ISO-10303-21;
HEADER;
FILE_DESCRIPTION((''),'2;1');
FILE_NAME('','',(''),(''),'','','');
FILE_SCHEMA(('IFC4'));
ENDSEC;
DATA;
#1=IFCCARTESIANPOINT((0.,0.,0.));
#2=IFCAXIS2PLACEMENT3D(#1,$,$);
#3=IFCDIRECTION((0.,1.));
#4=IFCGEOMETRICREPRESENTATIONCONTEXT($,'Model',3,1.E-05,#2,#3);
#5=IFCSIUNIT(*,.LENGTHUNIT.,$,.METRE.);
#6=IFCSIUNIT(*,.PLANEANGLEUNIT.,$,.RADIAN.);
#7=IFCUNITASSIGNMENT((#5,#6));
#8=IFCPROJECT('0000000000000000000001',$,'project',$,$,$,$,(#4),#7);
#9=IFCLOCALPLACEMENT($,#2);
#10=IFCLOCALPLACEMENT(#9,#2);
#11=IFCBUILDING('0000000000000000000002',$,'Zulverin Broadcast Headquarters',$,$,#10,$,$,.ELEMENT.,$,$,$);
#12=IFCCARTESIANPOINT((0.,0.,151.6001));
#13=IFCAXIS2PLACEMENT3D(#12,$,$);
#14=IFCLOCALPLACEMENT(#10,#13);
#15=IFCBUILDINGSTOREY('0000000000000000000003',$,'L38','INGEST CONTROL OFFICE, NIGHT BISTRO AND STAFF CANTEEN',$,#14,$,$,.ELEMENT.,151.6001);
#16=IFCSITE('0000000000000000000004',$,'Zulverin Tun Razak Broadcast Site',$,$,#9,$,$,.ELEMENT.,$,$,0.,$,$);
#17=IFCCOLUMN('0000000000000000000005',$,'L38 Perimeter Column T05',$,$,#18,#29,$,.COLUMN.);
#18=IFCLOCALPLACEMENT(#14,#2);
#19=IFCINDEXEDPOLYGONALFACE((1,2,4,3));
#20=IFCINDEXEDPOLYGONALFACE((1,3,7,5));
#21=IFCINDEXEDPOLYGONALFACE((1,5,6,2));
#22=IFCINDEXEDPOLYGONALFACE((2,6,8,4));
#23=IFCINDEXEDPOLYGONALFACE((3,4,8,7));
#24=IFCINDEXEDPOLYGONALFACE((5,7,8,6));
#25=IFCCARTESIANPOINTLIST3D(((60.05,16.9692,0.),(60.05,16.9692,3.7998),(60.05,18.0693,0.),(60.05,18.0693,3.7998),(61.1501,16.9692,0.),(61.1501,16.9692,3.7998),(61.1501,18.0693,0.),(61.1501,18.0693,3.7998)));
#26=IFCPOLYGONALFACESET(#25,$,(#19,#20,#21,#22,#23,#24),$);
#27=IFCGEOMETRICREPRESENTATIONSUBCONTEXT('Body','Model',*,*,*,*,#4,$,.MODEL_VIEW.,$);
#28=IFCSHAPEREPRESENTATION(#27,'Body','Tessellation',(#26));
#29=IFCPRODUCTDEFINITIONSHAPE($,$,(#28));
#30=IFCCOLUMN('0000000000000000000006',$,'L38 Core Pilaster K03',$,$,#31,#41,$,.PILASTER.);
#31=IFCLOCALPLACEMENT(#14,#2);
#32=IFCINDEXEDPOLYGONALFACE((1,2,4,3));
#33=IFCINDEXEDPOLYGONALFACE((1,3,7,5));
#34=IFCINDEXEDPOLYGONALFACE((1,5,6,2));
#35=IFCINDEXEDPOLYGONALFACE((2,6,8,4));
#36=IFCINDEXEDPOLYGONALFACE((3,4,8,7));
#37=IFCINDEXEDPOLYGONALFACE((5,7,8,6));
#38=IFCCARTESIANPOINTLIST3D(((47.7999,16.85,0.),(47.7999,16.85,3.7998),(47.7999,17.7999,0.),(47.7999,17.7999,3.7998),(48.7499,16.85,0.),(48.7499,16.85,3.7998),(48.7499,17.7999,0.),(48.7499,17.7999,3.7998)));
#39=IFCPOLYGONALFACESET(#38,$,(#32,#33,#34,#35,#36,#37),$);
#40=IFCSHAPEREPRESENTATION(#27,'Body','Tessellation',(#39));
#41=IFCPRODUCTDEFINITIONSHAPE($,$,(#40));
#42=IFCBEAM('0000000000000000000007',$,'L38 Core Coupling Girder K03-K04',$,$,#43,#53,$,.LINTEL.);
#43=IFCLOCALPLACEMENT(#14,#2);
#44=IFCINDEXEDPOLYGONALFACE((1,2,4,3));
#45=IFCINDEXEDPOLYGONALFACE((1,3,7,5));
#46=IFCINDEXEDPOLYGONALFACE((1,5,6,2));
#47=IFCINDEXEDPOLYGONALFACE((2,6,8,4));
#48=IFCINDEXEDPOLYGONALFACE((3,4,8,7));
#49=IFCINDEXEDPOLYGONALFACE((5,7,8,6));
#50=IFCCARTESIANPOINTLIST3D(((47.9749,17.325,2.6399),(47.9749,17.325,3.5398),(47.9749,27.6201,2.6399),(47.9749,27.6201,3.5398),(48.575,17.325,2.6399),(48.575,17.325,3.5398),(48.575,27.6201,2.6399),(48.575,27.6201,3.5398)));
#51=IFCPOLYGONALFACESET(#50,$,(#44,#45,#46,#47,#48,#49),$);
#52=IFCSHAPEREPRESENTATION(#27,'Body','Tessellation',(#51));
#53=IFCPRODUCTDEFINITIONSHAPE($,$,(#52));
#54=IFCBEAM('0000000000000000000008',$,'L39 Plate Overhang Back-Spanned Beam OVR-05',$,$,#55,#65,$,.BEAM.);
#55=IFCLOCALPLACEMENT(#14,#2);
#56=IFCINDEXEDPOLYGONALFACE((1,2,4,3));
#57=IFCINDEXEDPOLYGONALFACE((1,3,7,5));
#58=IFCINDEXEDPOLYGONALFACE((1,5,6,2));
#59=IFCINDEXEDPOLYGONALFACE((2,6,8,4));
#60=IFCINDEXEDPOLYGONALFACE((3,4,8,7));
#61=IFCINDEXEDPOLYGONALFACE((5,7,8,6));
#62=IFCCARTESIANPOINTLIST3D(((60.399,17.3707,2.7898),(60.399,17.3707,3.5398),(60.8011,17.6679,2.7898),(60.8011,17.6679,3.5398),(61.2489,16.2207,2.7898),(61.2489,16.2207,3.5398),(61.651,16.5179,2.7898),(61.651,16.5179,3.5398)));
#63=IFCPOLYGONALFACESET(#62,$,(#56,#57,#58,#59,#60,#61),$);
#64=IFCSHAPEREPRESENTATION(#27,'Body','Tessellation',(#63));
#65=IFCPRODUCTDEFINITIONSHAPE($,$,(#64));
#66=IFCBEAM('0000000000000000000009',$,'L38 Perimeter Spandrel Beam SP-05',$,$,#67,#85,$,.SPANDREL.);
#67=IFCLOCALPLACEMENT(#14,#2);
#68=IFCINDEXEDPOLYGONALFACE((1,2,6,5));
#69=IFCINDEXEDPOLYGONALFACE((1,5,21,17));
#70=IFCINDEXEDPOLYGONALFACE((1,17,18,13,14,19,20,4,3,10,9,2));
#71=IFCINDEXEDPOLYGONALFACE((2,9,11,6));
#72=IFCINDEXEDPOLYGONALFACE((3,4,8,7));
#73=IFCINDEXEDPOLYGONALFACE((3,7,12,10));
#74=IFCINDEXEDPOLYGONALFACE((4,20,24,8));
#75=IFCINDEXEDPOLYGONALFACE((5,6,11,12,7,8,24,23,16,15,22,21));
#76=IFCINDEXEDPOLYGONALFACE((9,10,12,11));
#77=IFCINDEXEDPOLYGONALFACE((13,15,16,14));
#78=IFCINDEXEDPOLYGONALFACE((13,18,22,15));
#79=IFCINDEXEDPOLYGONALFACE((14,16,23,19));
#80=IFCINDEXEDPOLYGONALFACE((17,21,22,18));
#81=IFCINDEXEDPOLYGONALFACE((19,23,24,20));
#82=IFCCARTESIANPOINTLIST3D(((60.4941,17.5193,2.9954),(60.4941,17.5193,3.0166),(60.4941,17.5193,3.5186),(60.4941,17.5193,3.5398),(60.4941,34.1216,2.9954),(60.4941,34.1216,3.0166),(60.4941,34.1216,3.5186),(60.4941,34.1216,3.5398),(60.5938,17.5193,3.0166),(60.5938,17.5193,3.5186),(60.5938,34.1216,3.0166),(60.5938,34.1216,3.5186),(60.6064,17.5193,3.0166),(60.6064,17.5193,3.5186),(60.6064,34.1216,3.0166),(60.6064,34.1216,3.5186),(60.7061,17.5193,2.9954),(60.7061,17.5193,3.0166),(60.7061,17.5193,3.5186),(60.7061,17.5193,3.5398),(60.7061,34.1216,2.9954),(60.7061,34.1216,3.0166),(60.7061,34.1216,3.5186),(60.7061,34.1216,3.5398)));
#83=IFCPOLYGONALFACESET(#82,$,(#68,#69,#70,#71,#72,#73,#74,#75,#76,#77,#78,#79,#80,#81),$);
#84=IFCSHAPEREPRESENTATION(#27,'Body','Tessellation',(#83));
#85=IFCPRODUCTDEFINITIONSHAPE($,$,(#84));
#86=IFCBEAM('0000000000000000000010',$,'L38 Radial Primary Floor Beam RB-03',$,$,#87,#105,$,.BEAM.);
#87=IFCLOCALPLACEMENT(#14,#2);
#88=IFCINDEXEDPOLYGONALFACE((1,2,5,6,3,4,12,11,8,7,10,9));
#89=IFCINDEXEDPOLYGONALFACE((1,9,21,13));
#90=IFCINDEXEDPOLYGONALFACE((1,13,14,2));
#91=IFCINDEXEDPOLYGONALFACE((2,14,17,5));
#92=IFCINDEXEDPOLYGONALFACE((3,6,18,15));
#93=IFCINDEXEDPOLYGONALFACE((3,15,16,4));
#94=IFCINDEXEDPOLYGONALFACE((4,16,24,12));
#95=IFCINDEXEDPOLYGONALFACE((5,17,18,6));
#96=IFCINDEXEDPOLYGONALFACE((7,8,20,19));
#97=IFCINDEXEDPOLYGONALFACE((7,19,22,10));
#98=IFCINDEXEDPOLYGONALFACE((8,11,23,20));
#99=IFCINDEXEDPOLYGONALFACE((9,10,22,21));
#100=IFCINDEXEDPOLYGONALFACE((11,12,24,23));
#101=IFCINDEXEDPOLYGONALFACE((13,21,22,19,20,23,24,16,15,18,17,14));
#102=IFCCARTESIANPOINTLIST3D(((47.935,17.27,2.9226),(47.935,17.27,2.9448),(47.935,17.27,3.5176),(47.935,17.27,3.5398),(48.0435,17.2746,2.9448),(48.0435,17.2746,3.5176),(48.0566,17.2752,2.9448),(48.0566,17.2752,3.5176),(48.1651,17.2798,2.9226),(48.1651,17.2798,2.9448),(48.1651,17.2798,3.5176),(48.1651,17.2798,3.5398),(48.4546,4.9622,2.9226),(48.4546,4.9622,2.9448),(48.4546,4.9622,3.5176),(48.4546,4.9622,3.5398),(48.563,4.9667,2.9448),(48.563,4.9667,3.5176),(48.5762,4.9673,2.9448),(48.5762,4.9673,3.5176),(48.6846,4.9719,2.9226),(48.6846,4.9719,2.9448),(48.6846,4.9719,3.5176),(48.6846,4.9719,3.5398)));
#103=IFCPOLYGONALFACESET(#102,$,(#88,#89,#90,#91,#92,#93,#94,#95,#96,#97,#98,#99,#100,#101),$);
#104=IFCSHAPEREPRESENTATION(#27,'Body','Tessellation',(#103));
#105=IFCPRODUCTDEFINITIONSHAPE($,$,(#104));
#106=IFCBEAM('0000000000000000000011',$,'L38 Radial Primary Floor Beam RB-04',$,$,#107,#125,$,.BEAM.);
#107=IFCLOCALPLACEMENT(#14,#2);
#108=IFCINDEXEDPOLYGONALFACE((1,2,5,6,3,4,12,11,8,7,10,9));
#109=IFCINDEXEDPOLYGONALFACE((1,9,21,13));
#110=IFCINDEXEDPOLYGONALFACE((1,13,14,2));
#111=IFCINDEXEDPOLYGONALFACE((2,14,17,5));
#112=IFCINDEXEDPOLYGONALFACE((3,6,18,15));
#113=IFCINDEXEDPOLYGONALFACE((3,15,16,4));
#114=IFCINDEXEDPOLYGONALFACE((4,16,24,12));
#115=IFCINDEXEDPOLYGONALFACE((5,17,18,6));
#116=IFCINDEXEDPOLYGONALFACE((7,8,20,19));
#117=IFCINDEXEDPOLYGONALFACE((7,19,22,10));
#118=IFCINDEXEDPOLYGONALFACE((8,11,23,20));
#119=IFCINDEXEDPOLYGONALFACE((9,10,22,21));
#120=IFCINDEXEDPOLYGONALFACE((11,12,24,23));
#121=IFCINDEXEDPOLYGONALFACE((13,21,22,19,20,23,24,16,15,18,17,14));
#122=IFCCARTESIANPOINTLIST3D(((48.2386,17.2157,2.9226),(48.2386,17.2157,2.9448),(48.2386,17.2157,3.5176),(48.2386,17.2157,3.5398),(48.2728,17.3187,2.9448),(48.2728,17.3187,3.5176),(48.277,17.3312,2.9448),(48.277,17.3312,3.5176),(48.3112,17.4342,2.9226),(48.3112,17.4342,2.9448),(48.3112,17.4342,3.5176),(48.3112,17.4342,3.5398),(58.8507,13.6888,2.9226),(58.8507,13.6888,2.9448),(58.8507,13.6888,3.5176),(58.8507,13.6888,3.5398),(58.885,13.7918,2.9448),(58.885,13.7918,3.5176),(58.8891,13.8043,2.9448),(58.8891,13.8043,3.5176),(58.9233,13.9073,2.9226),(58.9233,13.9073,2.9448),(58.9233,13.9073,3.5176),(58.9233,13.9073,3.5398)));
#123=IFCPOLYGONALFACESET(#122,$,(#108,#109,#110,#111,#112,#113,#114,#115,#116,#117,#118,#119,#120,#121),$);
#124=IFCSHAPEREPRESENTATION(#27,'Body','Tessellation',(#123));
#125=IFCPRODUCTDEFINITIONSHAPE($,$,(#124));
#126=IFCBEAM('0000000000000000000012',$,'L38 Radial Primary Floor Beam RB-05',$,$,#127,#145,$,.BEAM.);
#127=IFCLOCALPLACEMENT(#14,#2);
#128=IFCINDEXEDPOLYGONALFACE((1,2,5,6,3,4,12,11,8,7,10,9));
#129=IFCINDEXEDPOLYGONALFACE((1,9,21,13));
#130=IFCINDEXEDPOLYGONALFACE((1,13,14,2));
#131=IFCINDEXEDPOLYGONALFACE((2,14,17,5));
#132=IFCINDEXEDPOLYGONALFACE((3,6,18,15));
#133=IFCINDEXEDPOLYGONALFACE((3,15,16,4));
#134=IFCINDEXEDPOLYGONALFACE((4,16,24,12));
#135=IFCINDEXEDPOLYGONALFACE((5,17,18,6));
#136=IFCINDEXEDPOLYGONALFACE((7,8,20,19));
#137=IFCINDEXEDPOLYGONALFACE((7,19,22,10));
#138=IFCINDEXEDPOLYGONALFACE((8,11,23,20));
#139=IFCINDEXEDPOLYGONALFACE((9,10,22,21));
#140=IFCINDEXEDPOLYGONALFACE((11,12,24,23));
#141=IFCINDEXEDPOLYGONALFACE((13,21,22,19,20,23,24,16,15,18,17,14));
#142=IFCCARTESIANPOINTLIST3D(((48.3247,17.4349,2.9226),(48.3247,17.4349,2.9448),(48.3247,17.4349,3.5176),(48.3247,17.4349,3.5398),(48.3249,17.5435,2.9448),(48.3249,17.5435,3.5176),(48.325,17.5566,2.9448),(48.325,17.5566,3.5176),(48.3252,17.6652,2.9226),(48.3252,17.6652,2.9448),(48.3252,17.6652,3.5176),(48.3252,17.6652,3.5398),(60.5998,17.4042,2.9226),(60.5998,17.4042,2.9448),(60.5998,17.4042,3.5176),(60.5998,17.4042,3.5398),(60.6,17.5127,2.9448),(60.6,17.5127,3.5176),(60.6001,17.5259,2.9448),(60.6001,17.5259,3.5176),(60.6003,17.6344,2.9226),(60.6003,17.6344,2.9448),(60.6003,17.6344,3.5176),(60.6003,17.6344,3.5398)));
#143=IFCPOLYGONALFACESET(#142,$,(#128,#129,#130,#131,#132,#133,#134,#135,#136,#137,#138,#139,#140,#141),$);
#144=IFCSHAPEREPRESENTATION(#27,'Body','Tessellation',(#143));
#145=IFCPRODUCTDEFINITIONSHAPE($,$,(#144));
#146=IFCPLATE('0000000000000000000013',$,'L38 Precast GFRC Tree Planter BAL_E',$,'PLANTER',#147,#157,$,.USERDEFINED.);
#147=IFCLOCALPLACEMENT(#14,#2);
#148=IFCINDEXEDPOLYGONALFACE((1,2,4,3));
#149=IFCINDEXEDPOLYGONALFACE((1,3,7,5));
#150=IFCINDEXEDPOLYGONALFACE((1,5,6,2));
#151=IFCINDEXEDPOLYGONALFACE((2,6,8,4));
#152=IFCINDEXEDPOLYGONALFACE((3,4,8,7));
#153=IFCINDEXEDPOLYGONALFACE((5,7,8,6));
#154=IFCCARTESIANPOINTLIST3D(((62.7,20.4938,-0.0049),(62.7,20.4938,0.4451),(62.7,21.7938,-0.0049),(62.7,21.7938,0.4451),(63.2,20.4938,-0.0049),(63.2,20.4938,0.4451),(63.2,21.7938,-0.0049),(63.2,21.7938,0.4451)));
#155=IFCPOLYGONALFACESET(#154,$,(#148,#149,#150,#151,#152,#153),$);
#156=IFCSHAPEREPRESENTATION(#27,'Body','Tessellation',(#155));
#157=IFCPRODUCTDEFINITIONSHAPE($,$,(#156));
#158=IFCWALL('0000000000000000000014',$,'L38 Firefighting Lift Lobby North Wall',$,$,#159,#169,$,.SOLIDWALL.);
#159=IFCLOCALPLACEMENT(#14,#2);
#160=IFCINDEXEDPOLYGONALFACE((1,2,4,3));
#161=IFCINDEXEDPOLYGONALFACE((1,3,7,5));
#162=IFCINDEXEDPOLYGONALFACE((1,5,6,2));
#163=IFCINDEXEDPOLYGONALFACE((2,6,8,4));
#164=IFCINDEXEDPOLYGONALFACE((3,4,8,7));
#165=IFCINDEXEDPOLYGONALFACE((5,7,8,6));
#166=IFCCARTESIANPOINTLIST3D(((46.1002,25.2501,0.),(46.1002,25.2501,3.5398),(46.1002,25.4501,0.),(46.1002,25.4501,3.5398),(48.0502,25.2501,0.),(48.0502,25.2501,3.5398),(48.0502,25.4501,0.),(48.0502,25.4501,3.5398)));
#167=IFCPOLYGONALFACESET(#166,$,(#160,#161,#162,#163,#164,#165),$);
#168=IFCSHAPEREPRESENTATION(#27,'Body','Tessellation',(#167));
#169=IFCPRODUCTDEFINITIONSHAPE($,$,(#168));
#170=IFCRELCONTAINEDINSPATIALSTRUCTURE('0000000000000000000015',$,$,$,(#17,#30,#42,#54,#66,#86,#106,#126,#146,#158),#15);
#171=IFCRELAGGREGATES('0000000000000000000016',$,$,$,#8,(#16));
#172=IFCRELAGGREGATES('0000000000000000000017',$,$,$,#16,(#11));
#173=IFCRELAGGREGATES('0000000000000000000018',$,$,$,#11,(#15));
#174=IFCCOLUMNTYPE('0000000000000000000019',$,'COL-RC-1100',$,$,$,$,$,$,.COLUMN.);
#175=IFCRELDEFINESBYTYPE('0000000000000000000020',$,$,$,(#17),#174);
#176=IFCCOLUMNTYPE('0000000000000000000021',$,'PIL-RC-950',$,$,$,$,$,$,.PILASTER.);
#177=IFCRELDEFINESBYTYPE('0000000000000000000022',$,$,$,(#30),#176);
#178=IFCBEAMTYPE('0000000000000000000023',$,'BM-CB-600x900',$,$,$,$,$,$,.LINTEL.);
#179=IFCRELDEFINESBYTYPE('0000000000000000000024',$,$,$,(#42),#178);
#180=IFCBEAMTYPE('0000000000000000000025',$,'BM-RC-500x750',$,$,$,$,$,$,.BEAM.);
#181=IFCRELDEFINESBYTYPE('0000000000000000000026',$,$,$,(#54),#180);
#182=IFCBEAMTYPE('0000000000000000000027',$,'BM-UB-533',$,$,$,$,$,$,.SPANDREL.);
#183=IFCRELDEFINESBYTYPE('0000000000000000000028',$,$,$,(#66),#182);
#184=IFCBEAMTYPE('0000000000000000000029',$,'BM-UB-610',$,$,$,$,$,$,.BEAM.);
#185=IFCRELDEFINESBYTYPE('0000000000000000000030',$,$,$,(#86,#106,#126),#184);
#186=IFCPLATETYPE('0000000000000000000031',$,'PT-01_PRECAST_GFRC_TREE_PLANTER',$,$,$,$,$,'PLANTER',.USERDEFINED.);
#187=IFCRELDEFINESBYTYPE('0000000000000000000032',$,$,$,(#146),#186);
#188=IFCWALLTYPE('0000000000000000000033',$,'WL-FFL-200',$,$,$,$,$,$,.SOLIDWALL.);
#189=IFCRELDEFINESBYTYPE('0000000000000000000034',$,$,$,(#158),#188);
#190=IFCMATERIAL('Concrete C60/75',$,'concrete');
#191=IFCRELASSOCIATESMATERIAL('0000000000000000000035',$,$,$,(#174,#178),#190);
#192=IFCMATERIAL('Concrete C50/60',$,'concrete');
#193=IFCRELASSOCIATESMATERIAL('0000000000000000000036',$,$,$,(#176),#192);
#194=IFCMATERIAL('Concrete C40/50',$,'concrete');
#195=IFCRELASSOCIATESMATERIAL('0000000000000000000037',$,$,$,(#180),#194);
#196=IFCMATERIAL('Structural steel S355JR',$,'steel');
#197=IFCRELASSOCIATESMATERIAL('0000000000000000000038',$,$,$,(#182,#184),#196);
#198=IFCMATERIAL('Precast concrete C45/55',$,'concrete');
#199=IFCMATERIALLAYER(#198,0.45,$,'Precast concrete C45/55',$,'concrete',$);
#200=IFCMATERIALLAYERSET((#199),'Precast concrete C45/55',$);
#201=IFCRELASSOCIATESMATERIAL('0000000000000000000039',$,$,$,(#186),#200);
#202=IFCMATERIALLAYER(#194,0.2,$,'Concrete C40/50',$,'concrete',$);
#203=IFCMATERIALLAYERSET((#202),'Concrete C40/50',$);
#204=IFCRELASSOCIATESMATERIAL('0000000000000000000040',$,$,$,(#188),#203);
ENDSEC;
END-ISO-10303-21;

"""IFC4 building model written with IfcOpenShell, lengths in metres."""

from ifc_helpers import new_model, si_unit, direction, frame, frame_2d, origin, origin_2d, place, context, subcontext, project, spatial, rectangle, i_section, extrude, material, layer, layer_set, material_profile, profile_set, type_object, element, save


model = new_model("IFC4")

# Units and contexts
model_context = context("Model", 3, precision=1e-05, world=origin(), true_north=direction((0.0, 1.0)))
body_context = subcontext(model_context, "Body", "Model", "MODEL_VIEW")
ifc_project = project(units=[si_unit("LENGTHUNIT", "METRE"), si_unit("PLANEANGLEUNIT", "RADIAN")], contexts=[model_context])

# Site, building, storey
site_placement = place(None, origin())
site = spatial("IfcSite", under=ifc_project, at=site_placement, Name="Zulverin Tun Razak Broadcast Site", CompositionType="ELEMENT", RefElevation=0.0)
building_placement = place(site_placement, origin())
building = spatial("IfcBuilding", under=site, at=building_placement, Name="Zulverin Broadcast Headquarters", CompositionType="ELEMENT")
storey_placement = place(building_placement, frame((0.0, 0.0, 151.6001)))
storey = spatial("IfcBuildingStorey", under=building, at=storey_placement, Name="L38", Description="INGEST CONTROL OFFICE, NIGHT BISTRO AND STAFF CANTEEN", CompositionType="ELEMENT", Elevation=151.6001)

# Columns
ifc_material_1 = material(Name="Concrete C60/75", Category="concrete")
ifc_material_profile_1 = material_profile(ifc_material_1, rectangle(XDim=1.1001, YDim=1.1001, at=origin_2d()), Name="Concrete C60/75", Category="concrete")
ifc_profile_set_1 = profile_set([ifc_material_profile_1], Name="Concrete C60/75")
column_type_1 = type_object("IfcColumnType", Name="COL-RC-1100", PredefinedType="COLUMN", material=ifc_profile_set_1)
column_1_placement = place(storey_placement, frame((60.6001, 17.5193, 0.0), z_axis=(0.0, 0.0, 1.0), x_axis=(1.0, 0.0, 0.0)))
element("IfcColumn", 1, at=column_1_placement, inside=storey, type_object=column_type_1, Name="L38 Perimeter Column T05", PredefinedType="COLUMN", context=body_context, shape_type="SweptSolid", body=[
    extrude(rectangle(XDim=1.1001, YDim=1.1001, at=origin_2d()), origin(), (0.0, 0.0, 1.0), 3.7998),
])
ifc_material_2 = material(Name="Concrete C50/60", Category="concrete")
ifc_material_profile_2 = material_profile(ifc_material_2, rectangle(XDim=0.95, YDim=0.95, at=origin_2d()), Name="Concrete C50/60", Category="concrete")
ifc_profile_set_2 = profile_set([ifc_material_profile_2], Name="Concrete C50/60")
column_type_2 = type_object("IfcColumnType", Name="PIL-RC-950", PredefinedType="PILASTER", material=ifc_profile_set_2)
column_2_placement = place(storey_placement, frame((48.2749, 17.325, 0.0), z_axis=(0.0, 0.0, 1.0), x_axis=(1.0, 0.0, 0.0)))
element("IfcColumn", 2, at=column_2_placement, inside=storey, type_object=column_type_2, Name="L38 Core Pilaster K03", PredefinedType="PILASTER", context=body_context, shape_type="SweptSolid", body=[
    extrude(rectangle(XDim=0.95, YDim=0.95, at=origin_2d()), origin(), (0.0, 0.0, 1.0), 3.7998),
])

# Beams
ifc_material_profile_3 = material_profile(ifc_material_1, rectangle(XDim=0.6001, YDim=0.8999, at=origin_2d()), Name="Concrete C60/75", Category="concrete")
ifc_profile_set_3 = profile_set([ifc_material_profile_3], Name="Concrete C60/75")
beam_type_1 = type_object("IfcBeamType", Name="BM-CB-600x900", PredefinedType="LINTEL", material=ifc_profile_set_3)
beam_1_placement = place(storey_placement, frame((48.2749, 17.325, 3.0898), z_axis=(0.0, 1.0, 0.0), x_axis=(-1.0, 0.0, 0.0)))
element("IfcBeam", 3, at=beam_1_placement, inside=storey, type_object=beam_type_1, Name="L38 Core Coupling Girder K03-K04", PredefinedType="LINTEL", context=body_context, shape_type="SweptSolid", body=[
    extrude(rectangle(XDim=0.6001, YDim=0.8999, at=origin_2d()), origin(), (0.0, 0.0, 1.0), 10.2952),
])
ifc_material_3 = material(Name="Concrete C40/50", Category="concrete")
ifc_material_profile_4 = material_profile(ifc_material_3, rectangle(XDim=0.5, YDim=0.75, at=origin_2d()), Name="Concrete C40/50", Category="concrete")
ifc_profile_set_4 = profile_set([ifc_material_profile_4], Name="Concrete C40/50")
beam_type_2 = type_object("IfcBeamType", Name="BM-RC-500x750", PredefinedType="BEAM", material=ifc_profile_set_4)
beam_2_placement = place(storey_placement, frame((60.6001, 17.5193, 3.1648), z_axis=(0.594357, -0.804201, 0.0), x_axis=(0.804201, 0.594357, 0.0)))
element("IfcBeam", 4, at=beam_2_placement, inside=storey, type_object=beam_type_2, Name="L39 Plate Overhang Back-Spanned Beam OVR-05", PredefinedType="BEAM", context=body_context, shape_type="SweptSolid", body=[
    extrude(rectangle(XDim=0.5, YDim=0.75, at=origin_2d()), origin(), (0.0, 0.0, 1.0), 1.4299),
])
ifc_material_4 = material(Name="Structural steel S355JR", Category="steel")
ifc_material_profile_5 = material_profile(ifc_material_4, i_section(OverallWidth=0.2119, OverallDepth=0.5444, WebThickness=0.0127, FlangeThickness=0.0212, at=origin_2d()), Name="Structural steel S355JR", Category="steel")
ifc_profile_set_5 = profile_set([ifc_material_profile_5], Name="Structural steel S355JR")
beam_type_3 = type_object("IfcBeamType", Name="BM-UB-533", PredefinedType="SPANDREL", material=ifc_profile_set_5)
beam_3_placement = place(storey_placement, frame((60.6001, 17.5193, 3.2676), z_axis=(0.0, 1.0, 0.0), x_axis=(-1.0, 0.0, 0.0)))
element("IfcBeam", 5, at=beam_3_placement, inside=storey, type_object=beam_type_3, Name="L38 Perimeter Spandrel Beam SP-05", PredefinedType="SPANDREL", context=body_context, shape_type="SweptSolid", body=[
    extrude(i_section(OverallWidth=0.2119, OverallDepth=0.5444, WebThickness=0.0127, FlangeThickness=0.0212, at=origin_2d()), origin(), (0.0, 0.0, 1.0), 16.6023),
])
ifc_material_profile_6 = material_profile(ifc_material_4, i_section(OverallWidth=0.2302, OverallDepth=0.6172, WebThickness=0.0132, FlangeThickness=0.0222, at=origin_2d()), Name="Structural steel S355JR", Category="steel")
ifc_profile_set_6 = profile_set([ifc_material_profile_6], Name="Structural steel S355JR")
beam_type_4 = type_object("IfcBeamType", Name="BM-UB-610", PredefinedType="BEAM", material=ifc_profile_set_6)
beam_4_placement = place(storey_placement, frame((48.05, 17.2749, 3.2312), z_axis=(0.042174, -0.99911, 0.0), x_axis=(0.99911, 0.042174, 0.0)))
element("IfcBeam", 6, at=beam_4_placement, inside=storey, type_object=beam_type_4, Name="L38 Radial Primary Floor Beam RB-03", PredefinedType="BEAM", context=body_context, shape_type="SweptSolid", body=[
    extrude(i_section(OverallWidth=0.2302, OverallDepth=0.6172, WebThickness=0.0132, FlangeThickness=0.0222, at=origin_2d()), origin(), (0.0, 0.0, 1.0), 12.3188),
])
beam_5_placement = place(storey_placement, frame((48.2749, 17.325, 3.2312), z_axis=(0.948965, -0.315383, 0.0), x_axis=(0.315383, 0.948965, 0.0)))
element("IfcBeam", 7, at=beam_5_placement, inside=storey, type_object=beam_type_4, Name="L38 Radial Primary Floor Beam RB-04", PredefinedType="BEAM", context=body_context, shape_type="SweptSolid", body=[
    extrude(i_section(OverallWidth=0.2302, OverallDepth=0.6172, WebThickness=0.0132, FlangeThickness=0.0222, at=origin_2d()), origin(), (0.0, 0.0, 1.0), 11.1829),
])
beam_6_placement = place(storey_placement, frame((48.325, 17.55, 3.2312), z_axis=(0.999997, -0.002506, 0.0), x_axis=(0.002506, 0.999997, 0.0)))
element("IfcBeam", 8, at=beam_6_placement, inside=storey, type_object=beam_type_4, Name="L38 Radial Primary Floor Beam RB-05", PredefinedType="BEAM", context=body_context, shape_type="SweptSolid", body=[
    extrude(i_section(OverallWidth=0.2302, OverallDepth=0.6172, WebThickness=0.0132, FlangeThickness=0.0222, at=origin_2d()), origin(), (0.0, 0.0, 1.0), 12.2751),
])

# Plate
ifc_material_5 = material(Name="Precast concrete C45/55", Category="concrete")
ifc_layer_1 = layer(ifc_material_5, 0.45, Name="Precast concrete C45/55", Category="concrete")
ifc_layer_set_1 = layer_set([ifc_layer_1], Name="Precast concrete C45/55")
plate_type = type_object("IfcPlateType", Name="PT-01_PRECAST_GFRC_TREE_PLANTER", ElementType="PLANTER", PredefinedType="USERDEFINED", material=ifc_layer_set_1)
plate_placement = place(storey_placement, frame((62.95, 21.1438, -0.0049), z_axis=(0.0, 0.0, 1.0), x_axis=(0.0, 1.0, 0.0)))
element("IfcPlate", 9, at=plate_placement, inside=storey, type_object=plate_type, Name="L38 Precast GFRC Tree Planter BAL_E", ObjectType="PLANTER", PredefinedType="USERDEFINED", context=body_context, shape_type="SweptSolid", body=[
    extrude(rectangle(XDim=1.3, YDim=0.5, at=origin_2d()), origin(), (0.0, 0.0, 1.0), 0.45),
])

# Wall
ifc_layer_2 = layer(ifc_material_3, 0.2, Name="Concrete C40/50", Category="concrete")
ifc_layer_set_2 = layer_set([ifc_layer_2], Name="Concrete C40/50")
wall_type_1 = type_object("IfcWallType", Name="WL-FFL-200", PredefinedType="SOLIDWALL", material=ifc_layer_set_2)
wall_1_placement = place(storey_placement, frame((46.1001, 25.3501, 0.0), z_axis=(0.0, 0.0, 1.0), x_axis=(1.0, 0.0, 0.0)))
element("IfcWall", 10, at=wall_1_placement, inside=storey, type_object=wall_type_1, Name="L38 Firefighting Lift Lobby North Wall", PredefinedType="SOLIDWALL", context=body_context, shape_type="SweptSolid", body=[
    extrude(rectangle(XDim=1.95, YDim=0.2, at=frame_2d((0.9751, 0.0))), origin(), (0.0, 0.0, 1.0), 3.5398),
])

save(model, "model.ifc")
